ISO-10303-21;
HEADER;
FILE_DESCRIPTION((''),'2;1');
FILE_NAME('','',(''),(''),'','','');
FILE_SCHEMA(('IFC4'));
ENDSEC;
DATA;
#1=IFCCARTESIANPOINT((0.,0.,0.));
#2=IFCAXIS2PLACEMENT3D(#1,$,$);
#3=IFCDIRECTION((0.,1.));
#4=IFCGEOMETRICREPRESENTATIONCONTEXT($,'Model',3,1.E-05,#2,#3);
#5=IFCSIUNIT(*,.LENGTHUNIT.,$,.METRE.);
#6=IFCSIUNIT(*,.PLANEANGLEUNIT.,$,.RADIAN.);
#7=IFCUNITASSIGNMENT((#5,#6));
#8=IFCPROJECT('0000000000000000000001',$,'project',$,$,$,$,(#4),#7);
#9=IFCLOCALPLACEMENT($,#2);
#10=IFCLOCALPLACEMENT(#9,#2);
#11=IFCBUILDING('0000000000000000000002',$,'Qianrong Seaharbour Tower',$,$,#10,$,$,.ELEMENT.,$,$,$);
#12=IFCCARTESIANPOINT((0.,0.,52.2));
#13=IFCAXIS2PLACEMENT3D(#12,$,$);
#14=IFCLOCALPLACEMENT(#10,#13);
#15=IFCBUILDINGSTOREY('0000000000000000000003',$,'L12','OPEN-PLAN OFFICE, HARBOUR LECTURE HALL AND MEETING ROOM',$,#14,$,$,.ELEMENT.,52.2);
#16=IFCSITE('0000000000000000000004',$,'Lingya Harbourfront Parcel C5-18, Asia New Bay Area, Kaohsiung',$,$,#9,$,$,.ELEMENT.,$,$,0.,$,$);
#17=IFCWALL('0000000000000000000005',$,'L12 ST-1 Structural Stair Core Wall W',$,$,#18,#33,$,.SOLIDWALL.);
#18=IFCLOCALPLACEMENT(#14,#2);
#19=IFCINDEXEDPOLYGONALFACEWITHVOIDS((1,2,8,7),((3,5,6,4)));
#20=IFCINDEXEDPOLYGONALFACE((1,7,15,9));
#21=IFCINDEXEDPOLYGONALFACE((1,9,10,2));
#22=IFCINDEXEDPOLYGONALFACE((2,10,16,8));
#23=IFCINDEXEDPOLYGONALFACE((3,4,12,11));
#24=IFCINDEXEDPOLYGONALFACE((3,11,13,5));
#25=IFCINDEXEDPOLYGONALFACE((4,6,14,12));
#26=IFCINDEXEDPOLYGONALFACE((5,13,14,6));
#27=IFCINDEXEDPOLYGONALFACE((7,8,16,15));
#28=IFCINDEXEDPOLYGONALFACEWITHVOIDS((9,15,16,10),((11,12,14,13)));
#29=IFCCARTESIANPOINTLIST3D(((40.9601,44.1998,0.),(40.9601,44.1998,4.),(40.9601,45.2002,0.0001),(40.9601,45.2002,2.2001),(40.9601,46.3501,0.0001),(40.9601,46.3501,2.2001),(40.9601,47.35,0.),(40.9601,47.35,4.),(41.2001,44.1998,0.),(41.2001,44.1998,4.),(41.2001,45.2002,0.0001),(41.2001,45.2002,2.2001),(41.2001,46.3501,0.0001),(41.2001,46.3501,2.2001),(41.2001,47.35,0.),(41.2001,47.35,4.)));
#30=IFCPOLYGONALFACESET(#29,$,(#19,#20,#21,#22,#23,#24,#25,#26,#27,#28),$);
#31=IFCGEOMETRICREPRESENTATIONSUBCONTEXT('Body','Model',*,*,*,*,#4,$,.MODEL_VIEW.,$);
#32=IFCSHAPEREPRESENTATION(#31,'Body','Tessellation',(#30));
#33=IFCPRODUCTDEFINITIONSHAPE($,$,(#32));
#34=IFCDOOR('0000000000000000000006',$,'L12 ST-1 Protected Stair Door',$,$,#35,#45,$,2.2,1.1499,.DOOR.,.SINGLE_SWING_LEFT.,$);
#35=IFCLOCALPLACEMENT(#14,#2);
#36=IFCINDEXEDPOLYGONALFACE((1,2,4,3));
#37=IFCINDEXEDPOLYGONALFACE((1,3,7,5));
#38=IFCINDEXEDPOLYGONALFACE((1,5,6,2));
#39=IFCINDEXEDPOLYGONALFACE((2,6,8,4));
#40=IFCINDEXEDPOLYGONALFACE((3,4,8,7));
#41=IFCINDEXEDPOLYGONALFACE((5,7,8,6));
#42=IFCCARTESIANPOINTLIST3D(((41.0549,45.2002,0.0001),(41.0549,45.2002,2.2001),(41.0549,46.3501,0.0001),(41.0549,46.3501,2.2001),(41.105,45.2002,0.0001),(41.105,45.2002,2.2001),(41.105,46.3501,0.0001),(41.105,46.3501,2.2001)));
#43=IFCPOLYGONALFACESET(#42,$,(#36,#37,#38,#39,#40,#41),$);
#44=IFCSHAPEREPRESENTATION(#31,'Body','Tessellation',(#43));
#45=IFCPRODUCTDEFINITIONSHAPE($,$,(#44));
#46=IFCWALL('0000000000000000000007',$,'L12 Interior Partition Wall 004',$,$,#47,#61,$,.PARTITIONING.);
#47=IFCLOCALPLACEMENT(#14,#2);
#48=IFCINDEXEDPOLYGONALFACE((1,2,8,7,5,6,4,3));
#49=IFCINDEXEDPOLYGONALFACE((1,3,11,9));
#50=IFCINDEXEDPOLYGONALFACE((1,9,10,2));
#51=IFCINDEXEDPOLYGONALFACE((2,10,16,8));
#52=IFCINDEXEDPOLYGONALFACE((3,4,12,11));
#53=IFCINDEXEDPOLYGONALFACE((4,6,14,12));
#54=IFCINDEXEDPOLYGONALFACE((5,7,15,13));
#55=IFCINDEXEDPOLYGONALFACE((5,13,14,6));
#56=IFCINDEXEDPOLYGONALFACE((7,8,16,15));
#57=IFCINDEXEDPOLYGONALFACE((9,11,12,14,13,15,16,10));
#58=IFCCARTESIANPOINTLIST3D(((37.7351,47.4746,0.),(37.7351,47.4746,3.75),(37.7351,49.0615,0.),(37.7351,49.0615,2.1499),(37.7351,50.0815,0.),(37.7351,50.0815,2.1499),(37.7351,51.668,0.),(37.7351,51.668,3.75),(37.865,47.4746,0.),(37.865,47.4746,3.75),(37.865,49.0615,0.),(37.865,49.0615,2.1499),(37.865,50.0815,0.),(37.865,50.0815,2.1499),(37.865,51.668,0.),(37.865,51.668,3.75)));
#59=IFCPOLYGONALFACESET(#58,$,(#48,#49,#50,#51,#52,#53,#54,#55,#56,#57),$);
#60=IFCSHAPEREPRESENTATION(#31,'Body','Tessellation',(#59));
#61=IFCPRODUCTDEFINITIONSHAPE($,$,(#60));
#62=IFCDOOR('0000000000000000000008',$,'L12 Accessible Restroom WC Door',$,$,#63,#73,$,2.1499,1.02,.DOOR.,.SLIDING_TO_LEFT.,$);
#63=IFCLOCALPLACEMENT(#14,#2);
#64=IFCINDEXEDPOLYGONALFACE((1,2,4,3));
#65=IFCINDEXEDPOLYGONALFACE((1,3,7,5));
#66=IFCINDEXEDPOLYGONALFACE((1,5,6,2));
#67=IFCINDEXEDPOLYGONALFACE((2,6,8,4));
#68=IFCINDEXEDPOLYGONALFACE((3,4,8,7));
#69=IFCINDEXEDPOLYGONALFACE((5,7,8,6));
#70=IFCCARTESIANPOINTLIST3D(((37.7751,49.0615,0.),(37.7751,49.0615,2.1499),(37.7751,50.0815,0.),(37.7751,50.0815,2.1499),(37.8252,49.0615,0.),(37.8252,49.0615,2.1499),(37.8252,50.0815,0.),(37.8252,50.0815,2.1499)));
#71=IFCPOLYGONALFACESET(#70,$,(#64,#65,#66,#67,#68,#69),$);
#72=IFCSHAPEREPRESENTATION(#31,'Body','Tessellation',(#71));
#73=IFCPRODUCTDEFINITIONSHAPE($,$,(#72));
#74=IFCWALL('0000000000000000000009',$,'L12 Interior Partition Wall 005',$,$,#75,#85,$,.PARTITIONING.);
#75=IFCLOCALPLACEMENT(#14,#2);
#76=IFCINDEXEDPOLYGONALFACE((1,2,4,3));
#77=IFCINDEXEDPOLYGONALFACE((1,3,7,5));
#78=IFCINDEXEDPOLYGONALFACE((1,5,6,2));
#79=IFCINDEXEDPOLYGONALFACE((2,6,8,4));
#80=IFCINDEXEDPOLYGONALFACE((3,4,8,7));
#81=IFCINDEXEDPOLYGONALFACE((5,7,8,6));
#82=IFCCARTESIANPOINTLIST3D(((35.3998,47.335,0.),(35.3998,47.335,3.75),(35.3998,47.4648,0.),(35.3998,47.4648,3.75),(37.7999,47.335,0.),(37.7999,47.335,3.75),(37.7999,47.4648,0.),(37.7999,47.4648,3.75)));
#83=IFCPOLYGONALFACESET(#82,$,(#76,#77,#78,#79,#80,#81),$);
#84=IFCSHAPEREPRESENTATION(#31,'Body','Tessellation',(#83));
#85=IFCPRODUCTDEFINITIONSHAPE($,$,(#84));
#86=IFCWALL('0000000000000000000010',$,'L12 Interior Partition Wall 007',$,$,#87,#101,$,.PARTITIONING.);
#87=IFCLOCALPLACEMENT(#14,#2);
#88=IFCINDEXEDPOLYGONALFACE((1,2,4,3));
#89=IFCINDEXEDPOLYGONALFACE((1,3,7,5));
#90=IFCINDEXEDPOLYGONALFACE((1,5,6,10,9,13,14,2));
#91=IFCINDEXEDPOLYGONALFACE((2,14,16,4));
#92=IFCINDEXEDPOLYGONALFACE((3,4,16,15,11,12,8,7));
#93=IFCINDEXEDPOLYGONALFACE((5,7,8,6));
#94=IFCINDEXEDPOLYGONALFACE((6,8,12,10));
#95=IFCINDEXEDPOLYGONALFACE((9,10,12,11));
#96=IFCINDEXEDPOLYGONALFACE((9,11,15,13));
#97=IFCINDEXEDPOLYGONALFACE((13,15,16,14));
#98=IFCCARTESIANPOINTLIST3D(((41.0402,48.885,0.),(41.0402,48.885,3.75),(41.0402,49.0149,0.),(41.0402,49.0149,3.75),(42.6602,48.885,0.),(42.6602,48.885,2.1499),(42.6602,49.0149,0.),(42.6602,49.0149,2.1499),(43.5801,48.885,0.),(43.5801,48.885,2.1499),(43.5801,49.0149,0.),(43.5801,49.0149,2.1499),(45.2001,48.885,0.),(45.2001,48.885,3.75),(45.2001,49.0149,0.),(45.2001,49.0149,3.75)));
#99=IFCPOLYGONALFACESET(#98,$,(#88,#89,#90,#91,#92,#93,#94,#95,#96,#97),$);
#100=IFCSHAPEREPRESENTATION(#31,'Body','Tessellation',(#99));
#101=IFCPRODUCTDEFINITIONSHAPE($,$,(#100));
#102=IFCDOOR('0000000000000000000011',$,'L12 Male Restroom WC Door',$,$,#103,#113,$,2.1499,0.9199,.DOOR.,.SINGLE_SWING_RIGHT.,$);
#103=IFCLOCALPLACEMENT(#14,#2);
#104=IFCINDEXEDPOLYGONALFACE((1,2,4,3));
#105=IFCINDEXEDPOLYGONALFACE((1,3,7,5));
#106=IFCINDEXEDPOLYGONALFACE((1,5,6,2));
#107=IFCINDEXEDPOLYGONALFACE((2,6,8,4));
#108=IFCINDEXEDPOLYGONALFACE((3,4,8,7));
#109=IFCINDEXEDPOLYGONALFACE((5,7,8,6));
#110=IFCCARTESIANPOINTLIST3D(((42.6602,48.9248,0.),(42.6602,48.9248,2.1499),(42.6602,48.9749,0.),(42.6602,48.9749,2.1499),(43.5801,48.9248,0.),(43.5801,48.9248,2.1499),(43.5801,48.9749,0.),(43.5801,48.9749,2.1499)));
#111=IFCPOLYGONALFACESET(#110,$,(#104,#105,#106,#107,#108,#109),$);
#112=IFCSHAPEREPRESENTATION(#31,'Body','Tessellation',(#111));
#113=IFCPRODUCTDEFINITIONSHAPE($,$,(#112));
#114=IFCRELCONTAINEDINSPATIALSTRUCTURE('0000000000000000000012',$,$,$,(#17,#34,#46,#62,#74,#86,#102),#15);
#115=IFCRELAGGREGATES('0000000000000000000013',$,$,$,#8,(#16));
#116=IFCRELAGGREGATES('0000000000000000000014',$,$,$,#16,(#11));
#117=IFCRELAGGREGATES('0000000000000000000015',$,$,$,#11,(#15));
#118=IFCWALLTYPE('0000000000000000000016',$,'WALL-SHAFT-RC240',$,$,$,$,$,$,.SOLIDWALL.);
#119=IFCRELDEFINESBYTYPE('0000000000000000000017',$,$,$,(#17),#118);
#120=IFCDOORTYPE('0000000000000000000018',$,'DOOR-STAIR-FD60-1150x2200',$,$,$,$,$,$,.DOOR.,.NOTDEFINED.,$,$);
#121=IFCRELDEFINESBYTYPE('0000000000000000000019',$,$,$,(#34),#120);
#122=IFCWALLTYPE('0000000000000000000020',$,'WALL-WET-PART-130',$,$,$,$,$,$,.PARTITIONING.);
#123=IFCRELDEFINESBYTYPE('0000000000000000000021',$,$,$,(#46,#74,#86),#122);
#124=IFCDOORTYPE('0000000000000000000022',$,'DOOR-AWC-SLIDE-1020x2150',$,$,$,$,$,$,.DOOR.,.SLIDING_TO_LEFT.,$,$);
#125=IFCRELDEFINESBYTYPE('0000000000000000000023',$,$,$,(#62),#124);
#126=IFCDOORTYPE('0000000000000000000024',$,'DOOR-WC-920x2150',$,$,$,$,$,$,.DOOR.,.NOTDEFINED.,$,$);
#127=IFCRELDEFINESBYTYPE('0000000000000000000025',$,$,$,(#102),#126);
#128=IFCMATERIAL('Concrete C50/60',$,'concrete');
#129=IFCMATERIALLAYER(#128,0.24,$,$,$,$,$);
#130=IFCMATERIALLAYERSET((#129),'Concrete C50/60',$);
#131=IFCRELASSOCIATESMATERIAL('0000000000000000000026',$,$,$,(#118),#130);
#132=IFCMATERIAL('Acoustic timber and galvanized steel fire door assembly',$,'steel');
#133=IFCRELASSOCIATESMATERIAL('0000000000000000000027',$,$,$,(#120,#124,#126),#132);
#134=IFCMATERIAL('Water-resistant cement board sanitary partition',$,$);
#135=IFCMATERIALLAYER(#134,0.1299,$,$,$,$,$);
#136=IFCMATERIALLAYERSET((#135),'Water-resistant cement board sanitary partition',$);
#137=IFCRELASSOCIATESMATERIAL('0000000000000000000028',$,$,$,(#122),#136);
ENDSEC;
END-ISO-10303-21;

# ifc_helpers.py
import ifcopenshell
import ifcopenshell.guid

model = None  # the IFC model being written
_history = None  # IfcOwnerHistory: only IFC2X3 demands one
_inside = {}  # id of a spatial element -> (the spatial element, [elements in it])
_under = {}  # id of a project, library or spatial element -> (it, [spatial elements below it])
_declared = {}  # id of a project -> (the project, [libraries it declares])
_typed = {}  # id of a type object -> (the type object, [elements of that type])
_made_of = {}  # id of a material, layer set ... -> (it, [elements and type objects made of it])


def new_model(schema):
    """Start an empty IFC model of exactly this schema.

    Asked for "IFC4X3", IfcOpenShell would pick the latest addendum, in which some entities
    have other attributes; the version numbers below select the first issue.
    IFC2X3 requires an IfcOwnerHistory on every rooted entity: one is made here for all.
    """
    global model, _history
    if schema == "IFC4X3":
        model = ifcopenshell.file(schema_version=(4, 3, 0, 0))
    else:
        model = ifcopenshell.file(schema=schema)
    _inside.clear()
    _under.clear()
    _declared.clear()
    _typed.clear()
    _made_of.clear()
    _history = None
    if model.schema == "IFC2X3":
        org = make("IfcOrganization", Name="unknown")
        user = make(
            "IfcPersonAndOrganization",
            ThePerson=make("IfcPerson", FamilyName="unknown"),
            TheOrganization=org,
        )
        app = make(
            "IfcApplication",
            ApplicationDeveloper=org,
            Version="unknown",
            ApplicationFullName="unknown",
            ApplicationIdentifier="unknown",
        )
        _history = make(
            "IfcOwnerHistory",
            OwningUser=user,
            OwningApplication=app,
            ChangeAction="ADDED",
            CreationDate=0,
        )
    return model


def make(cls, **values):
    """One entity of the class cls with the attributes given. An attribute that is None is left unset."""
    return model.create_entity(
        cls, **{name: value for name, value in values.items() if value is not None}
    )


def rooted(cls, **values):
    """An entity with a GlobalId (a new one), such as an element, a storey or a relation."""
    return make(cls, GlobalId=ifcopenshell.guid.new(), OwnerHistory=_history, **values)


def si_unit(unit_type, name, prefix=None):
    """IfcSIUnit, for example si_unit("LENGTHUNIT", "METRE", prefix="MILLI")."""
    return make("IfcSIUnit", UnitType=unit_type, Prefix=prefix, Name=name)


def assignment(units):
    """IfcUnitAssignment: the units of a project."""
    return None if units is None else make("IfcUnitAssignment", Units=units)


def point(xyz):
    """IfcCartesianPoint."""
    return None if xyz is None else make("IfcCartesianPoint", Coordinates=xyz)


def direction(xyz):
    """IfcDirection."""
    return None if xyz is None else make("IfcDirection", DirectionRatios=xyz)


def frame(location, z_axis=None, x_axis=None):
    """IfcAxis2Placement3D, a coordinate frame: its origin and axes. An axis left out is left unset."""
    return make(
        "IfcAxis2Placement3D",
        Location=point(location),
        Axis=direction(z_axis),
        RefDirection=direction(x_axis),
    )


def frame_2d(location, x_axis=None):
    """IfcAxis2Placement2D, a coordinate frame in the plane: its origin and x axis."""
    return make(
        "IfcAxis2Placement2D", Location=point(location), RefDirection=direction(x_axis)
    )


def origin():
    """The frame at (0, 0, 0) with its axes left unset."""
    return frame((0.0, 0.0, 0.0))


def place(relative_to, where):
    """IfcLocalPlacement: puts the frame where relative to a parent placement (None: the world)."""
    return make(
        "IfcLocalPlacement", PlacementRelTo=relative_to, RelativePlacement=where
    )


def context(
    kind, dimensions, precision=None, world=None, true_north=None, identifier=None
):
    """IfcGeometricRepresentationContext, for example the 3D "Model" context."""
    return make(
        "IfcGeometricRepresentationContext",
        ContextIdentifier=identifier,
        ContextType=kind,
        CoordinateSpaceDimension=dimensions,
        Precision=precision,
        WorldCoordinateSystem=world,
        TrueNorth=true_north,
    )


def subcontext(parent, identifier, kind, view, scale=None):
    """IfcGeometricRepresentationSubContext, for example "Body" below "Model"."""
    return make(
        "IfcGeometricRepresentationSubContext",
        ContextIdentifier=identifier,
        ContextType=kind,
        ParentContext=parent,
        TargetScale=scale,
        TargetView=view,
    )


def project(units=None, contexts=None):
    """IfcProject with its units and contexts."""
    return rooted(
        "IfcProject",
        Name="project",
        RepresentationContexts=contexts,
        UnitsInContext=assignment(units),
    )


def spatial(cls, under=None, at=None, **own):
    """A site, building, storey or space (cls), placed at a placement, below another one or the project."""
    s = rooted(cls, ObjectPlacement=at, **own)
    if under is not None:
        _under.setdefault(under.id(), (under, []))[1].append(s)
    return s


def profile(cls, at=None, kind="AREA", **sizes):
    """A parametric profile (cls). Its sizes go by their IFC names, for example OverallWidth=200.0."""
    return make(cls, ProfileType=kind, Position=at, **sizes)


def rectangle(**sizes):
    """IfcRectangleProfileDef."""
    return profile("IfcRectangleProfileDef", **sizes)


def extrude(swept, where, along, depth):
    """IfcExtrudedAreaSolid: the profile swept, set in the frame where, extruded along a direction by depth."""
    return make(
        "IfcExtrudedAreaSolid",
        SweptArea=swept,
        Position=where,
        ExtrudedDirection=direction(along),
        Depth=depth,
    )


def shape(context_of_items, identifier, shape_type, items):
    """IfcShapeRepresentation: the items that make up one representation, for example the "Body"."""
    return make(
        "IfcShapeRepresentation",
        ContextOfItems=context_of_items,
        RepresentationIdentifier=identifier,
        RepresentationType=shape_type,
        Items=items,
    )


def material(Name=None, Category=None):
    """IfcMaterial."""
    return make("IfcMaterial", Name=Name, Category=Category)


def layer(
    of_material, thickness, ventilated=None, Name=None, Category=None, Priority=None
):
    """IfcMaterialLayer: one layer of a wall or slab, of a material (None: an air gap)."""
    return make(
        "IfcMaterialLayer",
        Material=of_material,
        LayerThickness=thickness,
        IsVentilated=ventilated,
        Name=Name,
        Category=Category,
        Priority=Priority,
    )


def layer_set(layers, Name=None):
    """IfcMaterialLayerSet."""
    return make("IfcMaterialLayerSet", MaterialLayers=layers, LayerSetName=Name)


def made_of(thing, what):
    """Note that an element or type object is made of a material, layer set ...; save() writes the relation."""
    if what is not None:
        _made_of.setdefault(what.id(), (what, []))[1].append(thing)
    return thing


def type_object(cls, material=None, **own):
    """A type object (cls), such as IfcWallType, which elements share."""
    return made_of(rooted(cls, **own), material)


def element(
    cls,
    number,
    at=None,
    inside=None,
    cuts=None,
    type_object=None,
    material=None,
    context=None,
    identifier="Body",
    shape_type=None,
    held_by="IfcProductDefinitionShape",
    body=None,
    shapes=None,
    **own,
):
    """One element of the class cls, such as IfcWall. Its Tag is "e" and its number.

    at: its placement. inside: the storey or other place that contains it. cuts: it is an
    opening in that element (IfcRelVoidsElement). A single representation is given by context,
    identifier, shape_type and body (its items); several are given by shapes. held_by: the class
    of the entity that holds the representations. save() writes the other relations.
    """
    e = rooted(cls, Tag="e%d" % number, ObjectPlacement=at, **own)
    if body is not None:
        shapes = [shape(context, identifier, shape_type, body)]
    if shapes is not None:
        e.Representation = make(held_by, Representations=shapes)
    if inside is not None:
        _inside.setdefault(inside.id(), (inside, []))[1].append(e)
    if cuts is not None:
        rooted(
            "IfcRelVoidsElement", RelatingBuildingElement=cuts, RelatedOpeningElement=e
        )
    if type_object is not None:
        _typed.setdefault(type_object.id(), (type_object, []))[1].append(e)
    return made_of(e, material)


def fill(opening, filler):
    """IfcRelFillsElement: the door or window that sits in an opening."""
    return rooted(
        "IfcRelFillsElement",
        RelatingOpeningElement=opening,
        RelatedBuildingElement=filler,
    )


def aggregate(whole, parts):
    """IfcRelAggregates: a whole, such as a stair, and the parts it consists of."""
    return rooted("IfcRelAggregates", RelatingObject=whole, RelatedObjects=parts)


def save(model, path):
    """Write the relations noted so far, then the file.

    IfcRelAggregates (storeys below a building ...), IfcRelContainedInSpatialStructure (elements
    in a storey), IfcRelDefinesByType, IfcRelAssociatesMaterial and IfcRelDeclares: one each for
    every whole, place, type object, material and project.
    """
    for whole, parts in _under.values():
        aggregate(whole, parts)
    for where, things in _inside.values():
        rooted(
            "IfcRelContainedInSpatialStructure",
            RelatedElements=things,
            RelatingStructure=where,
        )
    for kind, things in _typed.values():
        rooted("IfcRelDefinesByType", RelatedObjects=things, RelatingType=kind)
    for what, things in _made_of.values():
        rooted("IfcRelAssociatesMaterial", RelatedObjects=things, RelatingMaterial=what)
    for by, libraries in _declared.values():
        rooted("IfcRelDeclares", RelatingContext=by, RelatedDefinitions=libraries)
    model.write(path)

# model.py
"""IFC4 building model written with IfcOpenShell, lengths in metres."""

from ifc_helpers import new_model, si_unit, direction, frame, frame_2d, origin, place, context, subcontext, project, spatial, rectangle, extrude, material, layer, layer_set, type_object, element, fill, save


model = new_model("IFC4")

# Units and contexts
model_context = context("Model", 3, precision=1e-05, world=origin(), true_north=direction((0.0, 1.0)))
body_context = subcontext(model_context, "Body", "Model", "MODEL_VIEW")
ifc_project = project(units=[si_unit("LENGTHUNIT", "METRE"), si_unit("PLANEANGLEUNIT", "RADIAN")], contexts=[model_context])

# Site, building, storey
site_placement = place(None, origin())
site = spatial("IfcSite", under=ifc_project, at=site_placement, Name="Lingya Harbourfront Parcel C5-18, Asia New Bay Area, Kaohsiung", CompositionType="ELEMENT", RefElevation=0.0)
building_placement = place(site_placement, origin())
building = spatial("IfcBuilding", under=site, at=building_placement, Name="Qianrong Seaharbour Tower", CompositionType="ELEMENT")
storey_placement = place(building_placement, frame((0.0, 0.0, 52.2)))
storey = spatial("IfcBuildingStorey", under=building, at=storey_placement, Name="L12", Description="OPEN-PLAN OFFICE, HARBOUR LECTURE HALL AND MEETING ROOM", CompositionType="ELEMENT", Elevation=52.2)

# Shared definitions
ifc_material_1 = material(Name="Acoustic timber and galvanized steel fire door assembly", Category="steel")

# Shared definitions
ifc_material_2 = material(Name="Concrete C50/60", Category="concrete")
ifc_layer_1 = layer(ifc_material_2, 0.24)
ifc_layer_set_1 = layer_set([ifc_layer_1], Name="Concrete C50/60")
wall_type_1 = type_object("IfcWallType", Name="WALL-SHAFT-RC240", PredefinedType="SOLIDWALL", material=ifc_layer_set_1)

# Walls, openings, doors
wall_1_placement = place(storey_placement, frame((41.0801, 47.3501, 0.0), z_axis=(0.0, 0.0, 1.0), x_axis=(0.0, -1.0, 0.0)))
wall_1 = element("IfcWall", 1, at=wall_1_placement, inside=storey, type_object=wall_type_1, Name="L12 ST-1 Structural Stair Core Wall W", PredefinedType="SOLIDWALL", context=body_context, shape_type="SweptSolid", body=[
    extrude(rectangle(XDim=3.1501, YDim=0.24, at=frame_2d((1.5752, 0.0))), origin(), (0.0, 0.0, 1.0), 4.0),
])
opening_1_placement = place(wall_1_placement, frame((1.0, 0.0, 0.0)))
opening_1 = element("IfcOpeningElement", 2, at=opening_1_placement, cuts=wall_1, PredefinedType="OPENING", context=body_context, shape_type="SweptSolid", body=[
    extrude(rectangle(XDim=1.1499, YDim=2.2, at=frame_2d((0.575, 1.1001))), frame((0.0, 0.1299, 0.0), z_axis=(0.0, -1.0, 0.0), x_axis=(1.0, 0.0, 0.0)), (0.0, 0.0, 1.0), 0.26),
])
door_type_1 = type_object("IfcDoorType", Name="DOOR-STAIR-FD60-1150x2200", OperationType="NOTDEFINED", PredefinedType="DOOR", material=ifc_material_1)
door_1_placement = place(opening_1_placement, origin())
door_1 = element("IfcDoor", 3, at=door_1_placement, inside=storey, type_object=door_type_1, Name="L12 ST-1 Protected Stair Door", OperationType="SINGLE_SWING_LEFT", OverallHeight=2.2, OverallWidth=1.1499, PredefinedType="DOOR", context=body_context, shape_type="SweptSolid", body=[
    extrude(rectangle(XDim=1.1499, YDim=2.2, at=frame_2d((0.575, 1.1001))), frame((0.0, 0.0249, 0.0), z_axis=(0.0, -1.0, 0.0), x_axis=(1.0, 0.0, 0.0)), (0.0, 0.0, 1.0), 0.05),
])
fill(opening_1, door_1)
ifc_material_3 = material(Name="Water-resistant cement board sanitary partition")
ifc_layer_2 = layer(ifc_material_3, 0.1299)
ifc_layer_set_2 = layer_set([ifc_layer_2], Name="Water-resistant cement board sanitary partition")
wall_type_2 = type_object("IfcWallType", Name="WALL-WET-PART-130", PredefinedType="PARTITIONING", material=ifc_layer_set_2)
wall_2_placement = place(storey_placement, frame((37.8, 47.4746, 0.0), z_axis=(0.0, 0.0, 1.0), x_axis=(0.0, 1.0, 0.0)))
wall_2 = element("IfcWall", 4, at=wall_2_placement, inside=storey, type_object=wall_type_2, Name="L12 Interior Partition Wall 004", PredefinedType="PARTITIONING", context=body_context, shape_type="SweptSolid", body=[
    extrude(rectangle(XDim=4.1934, YDim=0.1299, at=frame_2d((2.0967, 0.0))), origin(), (0.0, 0.0, 1.0), 3.75),
])
opening_2_placement = place(wall_2_placement, frame((1.5869, 0.0, 0.0)))
opening_2 = element("IfcOpeningElement", 5, at=opening_2_placement, cuts=wall_2, PredefinedType="OPENING", context=body_context, shape_type="SweptSolid", body=[
    extrude(rectangle(XDim=1.02, YDim=2.1499, at=frame_2d((0.51, 1.075))), frame((0.0, 0.075, 0.0), z_axis=(0.0, -1.0, 0.0), x_axis=(1.0, 0.0, 0.0)), (0.0, 0.0, 1.0), 0.1499),
])
door_type_2 = type_object("IfcDoorType", Name="DOOR-AWC-SLIDE-1020x2150", OperationType="SLIDING_TO_LEFT", PredefinedType="DOOR", material=ifc_material_1)
door_2_placement = place(opening_2_placement, origin())
door_2 = element("IfcDoor", 6, at=door_2_placement, inside=storey, type_object=door_type_2, Name="L12 Accessible Restroom WC Door", OperationType="SLIDING_TO_LEFT", OverallHeight=2.1499, OverallWidth=1.02, PredefinedType="DOOR", context=body_context, shape_type="SweptSolid", body=[
    extrude(rectangle(XDim=1.02, YDim=2.1499, at=frame_2d((0.51, 1.075))), frame((0.0, 0.0249, 0.0), z_axis=(0.0, -1.0, 0.0), x_axis=(1.0, 0.0, 0.0)), (0.0, 0.0, 1.0), 0.05),
])
fill(opening_2, door_2)

# Wall
wall_3_placement = place(storey_placement, frame((37.8, 47.3999, 0.0), z_axis=(0.0, 0.0, 1.0), x_axis=(-1.0, 0.0, 0.0)))
element("IfcWall", 7, at=wall_3_placement, inside=storey, type_object=wall_type_2, Name="L12 Interior Partition Wall 005", PredefinedType="PARTITIONING", context=body_context, shape_type="SweptSolid", body=[
    extrude(rectangle(XDim=2.4001, YDim=0.1299, at=frame_2d((1.2002, 0.0))), origin(), (0.0, 0.0, 1.0), 3.75),
])

# Wall, opening, door
wall_4_placement = place(storey_placement, frame((41.04, 48.95, 0.0), z_axis=(0.0, 0.0, 1.0), x_axis=(1.0, 0.0, 0.0)))
wall_4 = element("IfcWall", 8, at=wall_4_placement, inside=storey, type_object=wall_type_2, Name="L12 Interior Partition Wall 007", PredefinedType="PARTITIONING", context=body_context, shape_type="SweptSolid", body=[
    extrude(rectangle(XDim=4.1599, YDim=0.1299, at=frame_2d((2.0801, 0.0))), origin(), (0.0, 0.0, 1.0), 3.75),
])
opening_3_placement = place(wall_4_placement, frame((1.6201, 0.0, 0.0)))
opening_3 = element("IfcOpeningElement", 9, at=opening_3_placement, cuts=wall_4, PredefinedType="OPENING", context=body_context, shape_type="SweptSolid", body=[
    extrude(rectangle(XDim=0.9199, YDim=2.1499, at=frame_2d((0.46, 1.075))), frame((0.0, 0.075, 0.0), z_axis=(0.0, -1.0, 0.0), x_axis=(1.0, 0.0, 0.0)), (0.0, 0.0, 1.0), 0.1499),
])
door_type_3 = type_object("IfcDoorType", Name="DOOR-WC-920x2150", OperationType="NOTDEFINED", PredefinedType="DOOR", material=ifc_material_1)
door_3_placement = place(opening_3_placement, origin())
door_3 = element("IfcDoor", 10, at=door_3_placement, inside=storey, type_object=door_type_3, Name="L12 Male Restroom WC Door", OperationType="SINGLE_SWING_RIGHT", OverallHeight=2.1499, OverallWidth=0.9199, PredefinedType="DOOR", context=body_context, shape_type="SweptSolid", body=[
    extrude(rectangle(XDim=0.9199, YDim=2.1499, at=frame_2d((0.46, 1.075))), frame((0.0, 0.0249, 0.0), z_axis=(0.0, -1.0, 0.0), x_axis=(1.0, 0.0, 0.0)), (0.0, 0.0, 1.0), 0.05),
])
fill(opening_3, door_3)

save(model, "model.ifc")
